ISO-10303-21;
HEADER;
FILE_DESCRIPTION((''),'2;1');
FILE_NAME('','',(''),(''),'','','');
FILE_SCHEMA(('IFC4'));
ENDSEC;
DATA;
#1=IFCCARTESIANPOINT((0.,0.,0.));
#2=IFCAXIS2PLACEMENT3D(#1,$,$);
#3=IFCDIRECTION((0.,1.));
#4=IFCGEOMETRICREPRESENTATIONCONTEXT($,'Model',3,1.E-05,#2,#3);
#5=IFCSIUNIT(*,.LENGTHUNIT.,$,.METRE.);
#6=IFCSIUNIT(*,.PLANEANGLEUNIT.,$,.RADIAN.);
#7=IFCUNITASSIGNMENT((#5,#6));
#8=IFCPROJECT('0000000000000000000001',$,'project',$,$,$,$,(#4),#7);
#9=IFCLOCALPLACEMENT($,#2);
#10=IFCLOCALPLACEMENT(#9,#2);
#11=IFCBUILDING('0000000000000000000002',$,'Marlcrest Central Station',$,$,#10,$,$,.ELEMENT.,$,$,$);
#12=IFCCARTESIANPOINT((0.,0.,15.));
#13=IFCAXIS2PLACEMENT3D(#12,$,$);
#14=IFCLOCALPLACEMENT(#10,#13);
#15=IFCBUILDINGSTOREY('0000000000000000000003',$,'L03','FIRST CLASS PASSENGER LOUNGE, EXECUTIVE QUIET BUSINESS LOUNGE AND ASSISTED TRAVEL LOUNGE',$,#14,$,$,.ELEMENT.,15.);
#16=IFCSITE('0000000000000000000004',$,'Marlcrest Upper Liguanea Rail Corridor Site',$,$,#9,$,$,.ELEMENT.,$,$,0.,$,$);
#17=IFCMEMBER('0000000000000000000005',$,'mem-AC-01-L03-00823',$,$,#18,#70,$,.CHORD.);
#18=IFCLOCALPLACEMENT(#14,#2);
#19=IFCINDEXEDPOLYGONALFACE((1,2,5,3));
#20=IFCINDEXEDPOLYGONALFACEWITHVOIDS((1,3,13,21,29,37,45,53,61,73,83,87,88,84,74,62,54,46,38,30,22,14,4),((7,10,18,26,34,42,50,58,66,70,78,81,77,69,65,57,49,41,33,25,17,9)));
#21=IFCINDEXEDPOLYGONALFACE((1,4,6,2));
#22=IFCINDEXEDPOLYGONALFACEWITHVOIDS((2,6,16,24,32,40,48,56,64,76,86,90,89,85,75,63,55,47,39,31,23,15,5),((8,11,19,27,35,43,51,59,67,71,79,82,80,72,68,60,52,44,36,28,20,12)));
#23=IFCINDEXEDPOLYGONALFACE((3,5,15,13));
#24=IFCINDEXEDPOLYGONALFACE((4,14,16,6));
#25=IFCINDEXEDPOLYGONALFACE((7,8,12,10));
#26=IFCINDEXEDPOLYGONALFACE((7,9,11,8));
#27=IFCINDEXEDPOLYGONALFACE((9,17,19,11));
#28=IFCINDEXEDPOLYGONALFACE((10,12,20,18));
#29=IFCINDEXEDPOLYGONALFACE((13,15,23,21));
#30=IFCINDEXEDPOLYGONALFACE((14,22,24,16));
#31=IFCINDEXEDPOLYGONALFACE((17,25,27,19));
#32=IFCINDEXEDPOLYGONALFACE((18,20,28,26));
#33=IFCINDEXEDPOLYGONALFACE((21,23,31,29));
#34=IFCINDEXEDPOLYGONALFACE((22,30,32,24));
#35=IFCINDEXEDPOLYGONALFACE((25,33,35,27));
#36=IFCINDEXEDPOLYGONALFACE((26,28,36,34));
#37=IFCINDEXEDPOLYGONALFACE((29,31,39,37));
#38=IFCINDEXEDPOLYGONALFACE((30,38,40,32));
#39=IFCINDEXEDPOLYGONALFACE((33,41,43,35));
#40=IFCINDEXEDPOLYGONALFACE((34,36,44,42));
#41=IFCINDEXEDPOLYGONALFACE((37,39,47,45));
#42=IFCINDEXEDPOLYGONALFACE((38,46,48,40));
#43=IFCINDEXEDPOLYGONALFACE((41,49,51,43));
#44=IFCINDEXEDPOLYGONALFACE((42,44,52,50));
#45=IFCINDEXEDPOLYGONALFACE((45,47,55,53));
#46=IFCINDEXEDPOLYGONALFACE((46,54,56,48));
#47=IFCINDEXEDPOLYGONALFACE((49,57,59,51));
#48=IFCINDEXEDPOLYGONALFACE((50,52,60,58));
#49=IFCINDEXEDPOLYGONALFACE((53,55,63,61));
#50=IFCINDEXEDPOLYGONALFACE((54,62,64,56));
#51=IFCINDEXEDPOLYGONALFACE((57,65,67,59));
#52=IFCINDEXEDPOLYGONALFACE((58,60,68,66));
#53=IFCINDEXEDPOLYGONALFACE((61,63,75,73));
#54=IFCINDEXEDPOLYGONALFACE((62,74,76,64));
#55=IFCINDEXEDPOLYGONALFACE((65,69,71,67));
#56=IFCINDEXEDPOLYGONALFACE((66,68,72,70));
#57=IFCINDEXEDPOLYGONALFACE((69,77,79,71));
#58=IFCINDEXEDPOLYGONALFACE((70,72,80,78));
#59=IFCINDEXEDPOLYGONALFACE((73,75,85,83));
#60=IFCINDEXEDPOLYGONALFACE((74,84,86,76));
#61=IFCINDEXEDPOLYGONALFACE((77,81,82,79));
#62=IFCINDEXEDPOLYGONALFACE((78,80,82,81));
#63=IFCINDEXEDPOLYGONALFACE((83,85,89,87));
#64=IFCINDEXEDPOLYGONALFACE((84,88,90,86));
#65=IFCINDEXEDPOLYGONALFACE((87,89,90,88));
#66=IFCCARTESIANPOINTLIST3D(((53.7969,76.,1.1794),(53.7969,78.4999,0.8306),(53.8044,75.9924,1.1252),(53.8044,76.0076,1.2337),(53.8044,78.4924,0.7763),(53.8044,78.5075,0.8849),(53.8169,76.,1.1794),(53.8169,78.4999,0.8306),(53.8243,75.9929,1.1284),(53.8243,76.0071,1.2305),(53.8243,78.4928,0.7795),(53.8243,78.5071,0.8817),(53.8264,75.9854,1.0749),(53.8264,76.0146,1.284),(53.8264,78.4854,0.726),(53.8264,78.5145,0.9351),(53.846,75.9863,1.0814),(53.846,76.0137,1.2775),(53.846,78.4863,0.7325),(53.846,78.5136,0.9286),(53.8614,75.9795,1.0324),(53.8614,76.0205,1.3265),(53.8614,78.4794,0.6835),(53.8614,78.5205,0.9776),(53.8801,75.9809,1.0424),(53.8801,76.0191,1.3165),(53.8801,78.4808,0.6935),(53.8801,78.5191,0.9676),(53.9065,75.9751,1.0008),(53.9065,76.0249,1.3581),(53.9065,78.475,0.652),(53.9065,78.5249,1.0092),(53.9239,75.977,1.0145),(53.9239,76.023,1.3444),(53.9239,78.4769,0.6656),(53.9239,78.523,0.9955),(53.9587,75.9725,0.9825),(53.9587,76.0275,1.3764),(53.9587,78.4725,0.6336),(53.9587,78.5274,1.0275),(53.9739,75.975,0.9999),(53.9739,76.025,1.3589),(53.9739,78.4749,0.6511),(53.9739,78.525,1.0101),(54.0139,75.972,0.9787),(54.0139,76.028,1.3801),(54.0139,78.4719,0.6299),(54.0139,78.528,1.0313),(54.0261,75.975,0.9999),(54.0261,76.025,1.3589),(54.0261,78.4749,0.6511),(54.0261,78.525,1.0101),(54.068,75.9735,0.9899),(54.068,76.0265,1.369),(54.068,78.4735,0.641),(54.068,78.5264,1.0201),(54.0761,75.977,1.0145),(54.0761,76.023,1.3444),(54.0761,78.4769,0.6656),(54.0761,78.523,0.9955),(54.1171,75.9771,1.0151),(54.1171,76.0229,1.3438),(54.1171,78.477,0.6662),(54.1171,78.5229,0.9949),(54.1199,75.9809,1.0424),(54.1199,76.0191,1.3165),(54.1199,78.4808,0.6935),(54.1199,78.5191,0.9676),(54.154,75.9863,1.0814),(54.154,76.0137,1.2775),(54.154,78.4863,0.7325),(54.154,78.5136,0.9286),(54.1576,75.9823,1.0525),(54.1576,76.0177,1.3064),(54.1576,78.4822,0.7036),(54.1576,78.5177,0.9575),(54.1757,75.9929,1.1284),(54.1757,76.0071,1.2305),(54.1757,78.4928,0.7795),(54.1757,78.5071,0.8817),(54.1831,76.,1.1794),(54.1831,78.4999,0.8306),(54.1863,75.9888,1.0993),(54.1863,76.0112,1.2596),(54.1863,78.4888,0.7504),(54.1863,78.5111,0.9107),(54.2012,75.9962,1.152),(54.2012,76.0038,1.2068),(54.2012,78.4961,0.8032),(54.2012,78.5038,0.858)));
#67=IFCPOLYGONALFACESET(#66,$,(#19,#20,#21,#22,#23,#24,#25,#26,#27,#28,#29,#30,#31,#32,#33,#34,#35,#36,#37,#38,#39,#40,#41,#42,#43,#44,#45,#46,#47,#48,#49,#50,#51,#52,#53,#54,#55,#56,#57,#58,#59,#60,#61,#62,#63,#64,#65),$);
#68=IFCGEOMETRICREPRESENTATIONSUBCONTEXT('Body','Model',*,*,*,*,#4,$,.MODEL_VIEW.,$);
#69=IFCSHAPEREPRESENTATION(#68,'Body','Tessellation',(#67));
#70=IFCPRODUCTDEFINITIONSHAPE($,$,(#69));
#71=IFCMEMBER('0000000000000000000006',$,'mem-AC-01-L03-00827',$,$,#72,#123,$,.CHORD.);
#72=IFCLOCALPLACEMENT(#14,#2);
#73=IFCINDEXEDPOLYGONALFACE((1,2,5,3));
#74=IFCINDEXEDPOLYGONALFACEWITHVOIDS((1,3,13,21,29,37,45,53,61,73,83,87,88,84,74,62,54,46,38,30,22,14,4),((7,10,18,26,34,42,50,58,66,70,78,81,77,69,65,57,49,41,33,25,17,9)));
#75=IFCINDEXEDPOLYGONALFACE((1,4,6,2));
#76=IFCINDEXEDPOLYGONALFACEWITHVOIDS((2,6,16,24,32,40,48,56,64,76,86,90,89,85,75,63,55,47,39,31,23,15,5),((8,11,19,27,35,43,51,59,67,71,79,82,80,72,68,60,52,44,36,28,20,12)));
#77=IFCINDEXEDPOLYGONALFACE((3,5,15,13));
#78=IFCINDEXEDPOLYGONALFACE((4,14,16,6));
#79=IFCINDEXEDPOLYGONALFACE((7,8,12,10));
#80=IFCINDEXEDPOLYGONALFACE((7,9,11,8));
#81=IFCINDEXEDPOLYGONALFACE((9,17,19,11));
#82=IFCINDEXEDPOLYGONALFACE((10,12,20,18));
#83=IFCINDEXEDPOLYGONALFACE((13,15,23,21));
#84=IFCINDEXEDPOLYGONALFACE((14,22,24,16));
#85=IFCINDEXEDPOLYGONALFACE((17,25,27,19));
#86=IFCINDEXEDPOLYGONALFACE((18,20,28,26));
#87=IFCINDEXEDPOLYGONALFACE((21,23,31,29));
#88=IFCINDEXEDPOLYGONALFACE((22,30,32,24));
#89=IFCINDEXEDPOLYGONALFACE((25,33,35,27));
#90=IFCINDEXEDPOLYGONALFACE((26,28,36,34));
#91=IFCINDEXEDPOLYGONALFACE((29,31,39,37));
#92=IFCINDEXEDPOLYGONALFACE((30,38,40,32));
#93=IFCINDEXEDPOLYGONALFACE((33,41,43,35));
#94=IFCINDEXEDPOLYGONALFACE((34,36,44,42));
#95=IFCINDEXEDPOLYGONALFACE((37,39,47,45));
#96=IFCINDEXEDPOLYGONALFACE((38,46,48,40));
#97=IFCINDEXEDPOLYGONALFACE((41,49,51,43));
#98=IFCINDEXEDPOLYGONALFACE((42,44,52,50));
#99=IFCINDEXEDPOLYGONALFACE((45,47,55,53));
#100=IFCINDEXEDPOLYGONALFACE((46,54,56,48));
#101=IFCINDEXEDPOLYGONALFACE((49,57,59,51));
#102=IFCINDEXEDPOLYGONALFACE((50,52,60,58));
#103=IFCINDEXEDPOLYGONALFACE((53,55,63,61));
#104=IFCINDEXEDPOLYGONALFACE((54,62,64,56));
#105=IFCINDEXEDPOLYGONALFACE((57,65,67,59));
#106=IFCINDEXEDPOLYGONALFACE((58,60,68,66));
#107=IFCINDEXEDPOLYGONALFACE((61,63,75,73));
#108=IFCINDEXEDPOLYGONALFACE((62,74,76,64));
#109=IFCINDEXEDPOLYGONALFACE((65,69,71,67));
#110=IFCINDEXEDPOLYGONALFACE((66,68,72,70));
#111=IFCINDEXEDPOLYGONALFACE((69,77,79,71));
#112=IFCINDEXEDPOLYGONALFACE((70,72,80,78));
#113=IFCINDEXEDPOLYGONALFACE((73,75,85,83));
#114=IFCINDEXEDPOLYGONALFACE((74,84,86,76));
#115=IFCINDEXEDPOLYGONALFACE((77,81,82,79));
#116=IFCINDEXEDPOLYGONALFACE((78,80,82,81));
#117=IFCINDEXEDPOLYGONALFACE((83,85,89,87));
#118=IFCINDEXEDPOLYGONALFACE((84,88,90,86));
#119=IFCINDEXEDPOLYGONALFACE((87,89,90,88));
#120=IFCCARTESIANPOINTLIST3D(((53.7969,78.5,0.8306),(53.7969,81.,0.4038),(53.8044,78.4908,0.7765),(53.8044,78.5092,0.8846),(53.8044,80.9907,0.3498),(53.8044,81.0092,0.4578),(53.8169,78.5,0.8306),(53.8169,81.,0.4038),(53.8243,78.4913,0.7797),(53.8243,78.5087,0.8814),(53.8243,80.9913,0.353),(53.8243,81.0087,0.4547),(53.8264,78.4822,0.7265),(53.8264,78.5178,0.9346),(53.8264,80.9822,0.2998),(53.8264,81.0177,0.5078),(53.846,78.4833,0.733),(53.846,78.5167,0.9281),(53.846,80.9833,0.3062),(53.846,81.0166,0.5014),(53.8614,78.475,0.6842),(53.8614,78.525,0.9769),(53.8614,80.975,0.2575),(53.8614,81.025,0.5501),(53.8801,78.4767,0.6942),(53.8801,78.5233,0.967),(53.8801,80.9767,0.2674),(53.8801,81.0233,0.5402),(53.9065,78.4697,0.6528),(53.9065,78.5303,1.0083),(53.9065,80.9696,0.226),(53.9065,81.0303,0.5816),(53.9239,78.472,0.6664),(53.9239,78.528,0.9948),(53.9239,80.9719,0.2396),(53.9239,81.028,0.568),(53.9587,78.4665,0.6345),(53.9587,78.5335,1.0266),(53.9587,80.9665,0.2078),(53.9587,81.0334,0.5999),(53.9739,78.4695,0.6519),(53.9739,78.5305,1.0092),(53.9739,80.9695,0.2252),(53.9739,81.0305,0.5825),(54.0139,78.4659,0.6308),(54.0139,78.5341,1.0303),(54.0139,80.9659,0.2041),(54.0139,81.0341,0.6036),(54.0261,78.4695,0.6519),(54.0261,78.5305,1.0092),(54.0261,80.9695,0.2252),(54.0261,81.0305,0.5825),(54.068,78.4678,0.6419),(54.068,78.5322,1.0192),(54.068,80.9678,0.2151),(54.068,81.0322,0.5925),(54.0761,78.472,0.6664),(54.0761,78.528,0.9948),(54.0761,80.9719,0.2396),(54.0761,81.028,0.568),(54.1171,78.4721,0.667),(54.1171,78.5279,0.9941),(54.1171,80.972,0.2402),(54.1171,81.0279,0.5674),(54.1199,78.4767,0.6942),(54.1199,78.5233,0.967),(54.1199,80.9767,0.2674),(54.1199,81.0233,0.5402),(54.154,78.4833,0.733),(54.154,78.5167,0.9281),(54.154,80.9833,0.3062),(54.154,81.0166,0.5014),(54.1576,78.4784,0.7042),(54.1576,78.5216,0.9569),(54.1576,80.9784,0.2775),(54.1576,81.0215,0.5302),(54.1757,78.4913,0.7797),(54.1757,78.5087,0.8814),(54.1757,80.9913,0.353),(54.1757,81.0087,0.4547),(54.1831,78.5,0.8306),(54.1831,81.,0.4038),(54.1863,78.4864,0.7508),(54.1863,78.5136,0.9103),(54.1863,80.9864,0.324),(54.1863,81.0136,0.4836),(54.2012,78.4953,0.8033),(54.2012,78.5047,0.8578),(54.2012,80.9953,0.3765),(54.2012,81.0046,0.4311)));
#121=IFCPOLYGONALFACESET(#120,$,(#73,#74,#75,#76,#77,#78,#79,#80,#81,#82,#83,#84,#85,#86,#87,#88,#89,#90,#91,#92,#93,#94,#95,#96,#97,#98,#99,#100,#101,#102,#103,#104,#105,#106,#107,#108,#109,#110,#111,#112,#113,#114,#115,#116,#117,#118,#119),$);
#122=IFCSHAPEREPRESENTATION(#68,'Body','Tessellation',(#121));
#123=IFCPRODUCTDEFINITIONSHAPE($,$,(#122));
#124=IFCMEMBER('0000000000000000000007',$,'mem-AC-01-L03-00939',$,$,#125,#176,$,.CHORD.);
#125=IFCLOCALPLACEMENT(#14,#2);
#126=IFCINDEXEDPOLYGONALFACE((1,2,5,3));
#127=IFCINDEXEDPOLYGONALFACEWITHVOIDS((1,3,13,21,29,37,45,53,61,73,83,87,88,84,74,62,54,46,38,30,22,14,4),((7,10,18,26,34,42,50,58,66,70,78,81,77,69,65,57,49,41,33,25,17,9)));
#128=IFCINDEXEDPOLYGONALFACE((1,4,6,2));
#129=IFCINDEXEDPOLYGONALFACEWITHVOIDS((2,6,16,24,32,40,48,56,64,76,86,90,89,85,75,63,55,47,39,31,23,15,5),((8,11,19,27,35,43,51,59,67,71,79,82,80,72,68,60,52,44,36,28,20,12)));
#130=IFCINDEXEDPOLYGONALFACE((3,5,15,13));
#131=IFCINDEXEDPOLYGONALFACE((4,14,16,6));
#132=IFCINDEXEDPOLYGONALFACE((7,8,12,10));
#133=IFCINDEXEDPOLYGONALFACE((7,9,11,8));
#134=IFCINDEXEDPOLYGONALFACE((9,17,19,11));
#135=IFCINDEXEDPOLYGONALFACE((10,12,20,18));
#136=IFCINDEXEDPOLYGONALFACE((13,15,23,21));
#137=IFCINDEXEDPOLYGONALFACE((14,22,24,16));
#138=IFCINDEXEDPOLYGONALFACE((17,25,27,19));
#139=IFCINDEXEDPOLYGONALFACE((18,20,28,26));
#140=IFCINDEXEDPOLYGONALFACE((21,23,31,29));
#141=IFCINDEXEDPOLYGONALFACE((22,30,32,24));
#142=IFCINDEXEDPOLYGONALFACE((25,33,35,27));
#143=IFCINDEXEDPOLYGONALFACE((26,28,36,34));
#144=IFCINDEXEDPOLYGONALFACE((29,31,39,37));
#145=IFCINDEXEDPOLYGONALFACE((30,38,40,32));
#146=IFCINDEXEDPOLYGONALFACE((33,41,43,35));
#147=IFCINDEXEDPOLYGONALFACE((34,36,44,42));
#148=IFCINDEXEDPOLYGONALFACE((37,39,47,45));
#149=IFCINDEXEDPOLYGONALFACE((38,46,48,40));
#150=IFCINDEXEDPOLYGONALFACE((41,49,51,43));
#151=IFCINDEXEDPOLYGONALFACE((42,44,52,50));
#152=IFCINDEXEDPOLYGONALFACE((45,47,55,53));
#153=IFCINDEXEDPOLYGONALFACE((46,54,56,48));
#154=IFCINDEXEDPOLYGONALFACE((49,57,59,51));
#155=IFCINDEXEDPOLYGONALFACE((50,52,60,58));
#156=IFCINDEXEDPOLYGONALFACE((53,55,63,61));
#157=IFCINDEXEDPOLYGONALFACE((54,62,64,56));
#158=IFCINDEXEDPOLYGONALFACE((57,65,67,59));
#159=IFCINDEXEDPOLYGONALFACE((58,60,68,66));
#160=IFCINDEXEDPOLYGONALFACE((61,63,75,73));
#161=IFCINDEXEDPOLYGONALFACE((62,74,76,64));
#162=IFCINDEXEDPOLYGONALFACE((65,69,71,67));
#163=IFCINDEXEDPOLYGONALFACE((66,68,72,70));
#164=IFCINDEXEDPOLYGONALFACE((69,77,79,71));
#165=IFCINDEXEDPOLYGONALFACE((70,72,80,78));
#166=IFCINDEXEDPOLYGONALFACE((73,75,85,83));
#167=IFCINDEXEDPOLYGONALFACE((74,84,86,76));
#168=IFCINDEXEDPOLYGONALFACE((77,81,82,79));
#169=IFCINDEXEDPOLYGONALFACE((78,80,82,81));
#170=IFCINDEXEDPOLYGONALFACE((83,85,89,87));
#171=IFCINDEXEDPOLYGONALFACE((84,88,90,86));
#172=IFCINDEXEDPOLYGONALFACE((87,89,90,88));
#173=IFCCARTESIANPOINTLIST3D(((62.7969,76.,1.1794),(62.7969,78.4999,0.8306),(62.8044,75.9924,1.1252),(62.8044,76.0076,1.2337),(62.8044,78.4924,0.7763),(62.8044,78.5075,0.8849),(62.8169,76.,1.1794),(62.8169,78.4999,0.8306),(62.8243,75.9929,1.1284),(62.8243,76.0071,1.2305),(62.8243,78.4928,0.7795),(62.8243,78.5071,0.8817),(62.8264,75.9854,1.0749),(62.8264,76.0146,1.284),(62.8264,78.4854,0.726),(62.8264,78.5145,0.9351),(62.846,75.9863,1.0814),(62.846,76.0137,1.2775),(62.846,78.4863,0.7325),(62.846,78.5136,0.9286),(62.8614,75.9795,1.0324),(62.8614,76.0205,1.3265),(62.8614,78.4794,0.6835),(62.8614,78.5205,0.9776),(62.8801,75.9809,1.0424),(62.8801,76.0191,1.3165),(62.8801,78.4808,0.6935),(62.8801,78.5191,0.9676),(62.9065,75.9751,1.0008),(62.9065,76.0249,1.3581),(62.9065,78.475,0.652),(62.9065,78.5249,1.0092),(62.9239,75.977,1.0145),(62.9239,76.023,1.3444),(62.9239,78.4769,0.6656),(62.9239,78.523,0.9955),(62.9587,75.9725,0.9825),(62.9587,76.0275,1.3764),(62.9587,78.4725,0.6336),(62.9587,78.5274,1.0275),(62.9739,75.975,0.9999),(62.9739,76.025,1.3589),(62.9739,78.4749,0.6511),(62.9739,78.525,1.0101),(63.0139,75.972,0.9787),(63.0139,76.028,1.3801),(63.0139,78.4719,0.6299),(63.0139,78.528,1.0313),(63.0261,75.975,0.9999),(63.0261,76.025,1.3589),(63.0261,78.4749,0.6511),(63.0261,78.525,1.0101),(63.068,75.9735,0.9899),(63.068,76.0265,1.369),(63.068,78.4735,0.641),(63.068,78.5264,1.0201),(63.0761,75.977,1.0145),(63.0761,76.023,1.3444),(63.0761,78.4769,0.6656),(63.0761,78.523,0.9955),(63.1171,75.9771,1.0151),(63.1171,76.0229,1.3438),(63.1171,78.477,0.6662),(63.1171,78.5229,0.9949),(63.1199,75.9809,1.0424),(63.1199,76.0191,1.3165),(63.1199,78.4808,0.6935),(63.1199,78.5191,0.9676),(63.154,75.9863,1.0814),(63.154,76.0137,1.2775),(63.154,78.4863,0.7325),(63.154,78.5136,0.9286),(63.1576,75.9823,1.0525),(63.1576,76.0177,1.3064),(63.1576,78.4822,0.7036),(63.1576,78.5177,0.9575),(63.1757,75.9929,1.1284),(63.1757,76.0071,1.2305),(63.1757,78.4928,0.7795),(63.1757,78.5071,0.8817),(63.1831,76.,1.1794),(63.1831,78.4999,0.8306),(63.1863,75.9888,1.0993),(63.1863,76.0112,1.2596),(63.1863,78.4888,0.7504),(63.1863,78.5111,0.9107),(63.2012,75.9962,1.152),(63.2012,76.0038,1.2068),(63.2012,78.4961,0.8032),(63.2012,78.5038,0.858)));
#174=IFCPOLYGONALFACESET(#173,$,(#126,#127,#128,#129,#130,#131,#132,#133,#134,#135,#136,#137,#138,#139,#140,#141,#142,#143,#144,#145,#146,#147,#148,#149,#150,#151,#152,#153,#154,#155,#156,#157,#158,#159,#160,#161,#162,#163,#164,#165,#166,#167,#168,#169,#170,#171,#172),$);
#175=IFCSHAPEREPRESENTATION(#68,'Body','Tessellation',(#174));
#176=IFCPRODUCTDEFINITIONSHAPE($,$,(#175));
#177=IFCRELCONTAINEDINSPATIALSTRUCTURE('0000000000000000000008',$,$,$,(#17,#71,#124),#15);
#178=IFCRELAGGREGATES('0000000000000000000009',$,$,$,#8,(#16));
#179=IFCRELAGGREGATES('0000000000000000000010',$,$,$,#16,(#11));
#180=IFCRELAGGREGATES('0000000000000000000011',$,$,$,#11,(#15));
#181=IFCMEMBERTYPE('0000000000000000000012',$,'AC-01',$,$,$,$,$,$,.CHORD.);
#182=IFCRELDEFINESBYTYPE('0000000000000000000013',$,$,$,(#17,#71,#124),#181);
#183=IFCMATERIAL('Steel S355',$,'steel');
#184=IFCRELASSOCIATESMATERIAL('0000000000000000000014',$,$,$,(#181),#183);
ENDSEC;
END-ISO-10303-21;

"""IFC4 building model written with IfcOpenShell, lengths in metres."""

from ifc_helpers import new_model, si_unit, direction, frame, origin, origin_2d, place, context, subcontext, project, spatial, hollow_circle, extrude, material, material_profile, profile_set, type_object, element, save


model = new_model("IFC4")

# Units and contexts
model_context = context("Model", 3, precision=1e-05, world=origin(), true_north=direction((0.0, 1.0)))
body_context = subcontext(model_context, "Body", "Model", "MODEL_VIEW")
ifc_project = project(units=[si_unit("LENGTHUNIT", "METRE"), si_unit("PLANEANGLEUNIT", "RADIAN")], contexts=[model_context])

# Site, building, storey
site_placement = place(None, origin())
site = spatial("IfcSite", under=ifc_project, at=site_placement, Name="Marlcrest Upper Liguanea Rail Corridor Site", CompositionType="ELEMENT", RefElevation=0.0)
building_placement = place(site_placement, origin())
building = spatial("IfcBuilding", under=site, at=building_placement, Name="Marlcrest Central Station", CompositionType="ELEMENT")
storey_placement = place(building_placement, frame((0.0, 0.0, 15.0)))
storey = spatial("IfcBuildingStorey", under=building, at=storey_placement, Name="L03", Description="FIRST CLASS PASSENGER LOUNGE, EXECUTIVE QUIET BUSINESS LOUNGE AND ASSISTED TRAVEL LOUNGE", CompositionType="ELEMENT", Elevation=15.0)

# Members
ifc_material_1 = material(Name="Steel S355", Category="steel")
ifc_material_profile = material_profile(ifc_material_1, hollow_circle(Radius=0.2031, WallThickness=0.02, at=origin_2d()), Name="CHS 406.4x20")
ifc_profile_set = profile_set([ifc_material_profile], Name="Steel S355")
member_type = type_object("IfcMemberType", Name="AC-01", PredefinedType="CHORD", material=ifc_profile_set)
member_1_placement = place(storey_placement, frame((54.0, 76.0, 1.1794), z_axis=(0.0, 0.990403, -0.138211), x_axis=(-1.0, 0.0, 0.0)))
element("IfcMember", 1, at=member_1_placement, inside=storey, type_object=member_type, Name="mem-AC-01-L03-00823", PredefinedType="CHORD", context=body_context, shape_type="SweptSolid", body=[
    extrude(hollow_circle(Radius=0.2031, WallThickness=0.02, at=origin_2d()), origin(), (0.0, 0.0, 1.0), 2.5242),
])
member_2_placement = place(storey_placement, frame((54.0, 78.5, 0.8306), z_axis=(0.0, 0.985741, -0.168269), x_axis=(-1.0, 0.0, 0.0)))
element("IfcMember", 2, at=member_2_placement, inside=storey, type_object=member_type, Name="mem-AC-01-L03-00827", PredefinedType="CHORD", context=body_context, shape_type="SweptSolid", body=[
    extrude(hollow_circle(Radius=0.2031, WallThickness=0.02, at=origin_2d()), origin(), (0.0, 0.0, 1.0), 2.5361),
])
member_3_placement = place(storey_placement, frame((63.0, 76.0, 1.1794), z_axis=(0.0, 0.990403, -0.138211), x_axis=(-1.0, 0.0, 0.0)))
element("IfcMember", 3, at=member_3_placement, inside=storey, type_object=member_type, Name="mem-AC-01-L03-00939", PredefinedType="CHORD", context=body_context, shape_type="SweptSolid", body=[
    extrude(hollow_circle(Radius=0.2031, WallThickness=0.02, at=origin_2d()), origin(), (0.0, 0.0, 1.0), 2.5242),
])

save(model, "model.ifc")
